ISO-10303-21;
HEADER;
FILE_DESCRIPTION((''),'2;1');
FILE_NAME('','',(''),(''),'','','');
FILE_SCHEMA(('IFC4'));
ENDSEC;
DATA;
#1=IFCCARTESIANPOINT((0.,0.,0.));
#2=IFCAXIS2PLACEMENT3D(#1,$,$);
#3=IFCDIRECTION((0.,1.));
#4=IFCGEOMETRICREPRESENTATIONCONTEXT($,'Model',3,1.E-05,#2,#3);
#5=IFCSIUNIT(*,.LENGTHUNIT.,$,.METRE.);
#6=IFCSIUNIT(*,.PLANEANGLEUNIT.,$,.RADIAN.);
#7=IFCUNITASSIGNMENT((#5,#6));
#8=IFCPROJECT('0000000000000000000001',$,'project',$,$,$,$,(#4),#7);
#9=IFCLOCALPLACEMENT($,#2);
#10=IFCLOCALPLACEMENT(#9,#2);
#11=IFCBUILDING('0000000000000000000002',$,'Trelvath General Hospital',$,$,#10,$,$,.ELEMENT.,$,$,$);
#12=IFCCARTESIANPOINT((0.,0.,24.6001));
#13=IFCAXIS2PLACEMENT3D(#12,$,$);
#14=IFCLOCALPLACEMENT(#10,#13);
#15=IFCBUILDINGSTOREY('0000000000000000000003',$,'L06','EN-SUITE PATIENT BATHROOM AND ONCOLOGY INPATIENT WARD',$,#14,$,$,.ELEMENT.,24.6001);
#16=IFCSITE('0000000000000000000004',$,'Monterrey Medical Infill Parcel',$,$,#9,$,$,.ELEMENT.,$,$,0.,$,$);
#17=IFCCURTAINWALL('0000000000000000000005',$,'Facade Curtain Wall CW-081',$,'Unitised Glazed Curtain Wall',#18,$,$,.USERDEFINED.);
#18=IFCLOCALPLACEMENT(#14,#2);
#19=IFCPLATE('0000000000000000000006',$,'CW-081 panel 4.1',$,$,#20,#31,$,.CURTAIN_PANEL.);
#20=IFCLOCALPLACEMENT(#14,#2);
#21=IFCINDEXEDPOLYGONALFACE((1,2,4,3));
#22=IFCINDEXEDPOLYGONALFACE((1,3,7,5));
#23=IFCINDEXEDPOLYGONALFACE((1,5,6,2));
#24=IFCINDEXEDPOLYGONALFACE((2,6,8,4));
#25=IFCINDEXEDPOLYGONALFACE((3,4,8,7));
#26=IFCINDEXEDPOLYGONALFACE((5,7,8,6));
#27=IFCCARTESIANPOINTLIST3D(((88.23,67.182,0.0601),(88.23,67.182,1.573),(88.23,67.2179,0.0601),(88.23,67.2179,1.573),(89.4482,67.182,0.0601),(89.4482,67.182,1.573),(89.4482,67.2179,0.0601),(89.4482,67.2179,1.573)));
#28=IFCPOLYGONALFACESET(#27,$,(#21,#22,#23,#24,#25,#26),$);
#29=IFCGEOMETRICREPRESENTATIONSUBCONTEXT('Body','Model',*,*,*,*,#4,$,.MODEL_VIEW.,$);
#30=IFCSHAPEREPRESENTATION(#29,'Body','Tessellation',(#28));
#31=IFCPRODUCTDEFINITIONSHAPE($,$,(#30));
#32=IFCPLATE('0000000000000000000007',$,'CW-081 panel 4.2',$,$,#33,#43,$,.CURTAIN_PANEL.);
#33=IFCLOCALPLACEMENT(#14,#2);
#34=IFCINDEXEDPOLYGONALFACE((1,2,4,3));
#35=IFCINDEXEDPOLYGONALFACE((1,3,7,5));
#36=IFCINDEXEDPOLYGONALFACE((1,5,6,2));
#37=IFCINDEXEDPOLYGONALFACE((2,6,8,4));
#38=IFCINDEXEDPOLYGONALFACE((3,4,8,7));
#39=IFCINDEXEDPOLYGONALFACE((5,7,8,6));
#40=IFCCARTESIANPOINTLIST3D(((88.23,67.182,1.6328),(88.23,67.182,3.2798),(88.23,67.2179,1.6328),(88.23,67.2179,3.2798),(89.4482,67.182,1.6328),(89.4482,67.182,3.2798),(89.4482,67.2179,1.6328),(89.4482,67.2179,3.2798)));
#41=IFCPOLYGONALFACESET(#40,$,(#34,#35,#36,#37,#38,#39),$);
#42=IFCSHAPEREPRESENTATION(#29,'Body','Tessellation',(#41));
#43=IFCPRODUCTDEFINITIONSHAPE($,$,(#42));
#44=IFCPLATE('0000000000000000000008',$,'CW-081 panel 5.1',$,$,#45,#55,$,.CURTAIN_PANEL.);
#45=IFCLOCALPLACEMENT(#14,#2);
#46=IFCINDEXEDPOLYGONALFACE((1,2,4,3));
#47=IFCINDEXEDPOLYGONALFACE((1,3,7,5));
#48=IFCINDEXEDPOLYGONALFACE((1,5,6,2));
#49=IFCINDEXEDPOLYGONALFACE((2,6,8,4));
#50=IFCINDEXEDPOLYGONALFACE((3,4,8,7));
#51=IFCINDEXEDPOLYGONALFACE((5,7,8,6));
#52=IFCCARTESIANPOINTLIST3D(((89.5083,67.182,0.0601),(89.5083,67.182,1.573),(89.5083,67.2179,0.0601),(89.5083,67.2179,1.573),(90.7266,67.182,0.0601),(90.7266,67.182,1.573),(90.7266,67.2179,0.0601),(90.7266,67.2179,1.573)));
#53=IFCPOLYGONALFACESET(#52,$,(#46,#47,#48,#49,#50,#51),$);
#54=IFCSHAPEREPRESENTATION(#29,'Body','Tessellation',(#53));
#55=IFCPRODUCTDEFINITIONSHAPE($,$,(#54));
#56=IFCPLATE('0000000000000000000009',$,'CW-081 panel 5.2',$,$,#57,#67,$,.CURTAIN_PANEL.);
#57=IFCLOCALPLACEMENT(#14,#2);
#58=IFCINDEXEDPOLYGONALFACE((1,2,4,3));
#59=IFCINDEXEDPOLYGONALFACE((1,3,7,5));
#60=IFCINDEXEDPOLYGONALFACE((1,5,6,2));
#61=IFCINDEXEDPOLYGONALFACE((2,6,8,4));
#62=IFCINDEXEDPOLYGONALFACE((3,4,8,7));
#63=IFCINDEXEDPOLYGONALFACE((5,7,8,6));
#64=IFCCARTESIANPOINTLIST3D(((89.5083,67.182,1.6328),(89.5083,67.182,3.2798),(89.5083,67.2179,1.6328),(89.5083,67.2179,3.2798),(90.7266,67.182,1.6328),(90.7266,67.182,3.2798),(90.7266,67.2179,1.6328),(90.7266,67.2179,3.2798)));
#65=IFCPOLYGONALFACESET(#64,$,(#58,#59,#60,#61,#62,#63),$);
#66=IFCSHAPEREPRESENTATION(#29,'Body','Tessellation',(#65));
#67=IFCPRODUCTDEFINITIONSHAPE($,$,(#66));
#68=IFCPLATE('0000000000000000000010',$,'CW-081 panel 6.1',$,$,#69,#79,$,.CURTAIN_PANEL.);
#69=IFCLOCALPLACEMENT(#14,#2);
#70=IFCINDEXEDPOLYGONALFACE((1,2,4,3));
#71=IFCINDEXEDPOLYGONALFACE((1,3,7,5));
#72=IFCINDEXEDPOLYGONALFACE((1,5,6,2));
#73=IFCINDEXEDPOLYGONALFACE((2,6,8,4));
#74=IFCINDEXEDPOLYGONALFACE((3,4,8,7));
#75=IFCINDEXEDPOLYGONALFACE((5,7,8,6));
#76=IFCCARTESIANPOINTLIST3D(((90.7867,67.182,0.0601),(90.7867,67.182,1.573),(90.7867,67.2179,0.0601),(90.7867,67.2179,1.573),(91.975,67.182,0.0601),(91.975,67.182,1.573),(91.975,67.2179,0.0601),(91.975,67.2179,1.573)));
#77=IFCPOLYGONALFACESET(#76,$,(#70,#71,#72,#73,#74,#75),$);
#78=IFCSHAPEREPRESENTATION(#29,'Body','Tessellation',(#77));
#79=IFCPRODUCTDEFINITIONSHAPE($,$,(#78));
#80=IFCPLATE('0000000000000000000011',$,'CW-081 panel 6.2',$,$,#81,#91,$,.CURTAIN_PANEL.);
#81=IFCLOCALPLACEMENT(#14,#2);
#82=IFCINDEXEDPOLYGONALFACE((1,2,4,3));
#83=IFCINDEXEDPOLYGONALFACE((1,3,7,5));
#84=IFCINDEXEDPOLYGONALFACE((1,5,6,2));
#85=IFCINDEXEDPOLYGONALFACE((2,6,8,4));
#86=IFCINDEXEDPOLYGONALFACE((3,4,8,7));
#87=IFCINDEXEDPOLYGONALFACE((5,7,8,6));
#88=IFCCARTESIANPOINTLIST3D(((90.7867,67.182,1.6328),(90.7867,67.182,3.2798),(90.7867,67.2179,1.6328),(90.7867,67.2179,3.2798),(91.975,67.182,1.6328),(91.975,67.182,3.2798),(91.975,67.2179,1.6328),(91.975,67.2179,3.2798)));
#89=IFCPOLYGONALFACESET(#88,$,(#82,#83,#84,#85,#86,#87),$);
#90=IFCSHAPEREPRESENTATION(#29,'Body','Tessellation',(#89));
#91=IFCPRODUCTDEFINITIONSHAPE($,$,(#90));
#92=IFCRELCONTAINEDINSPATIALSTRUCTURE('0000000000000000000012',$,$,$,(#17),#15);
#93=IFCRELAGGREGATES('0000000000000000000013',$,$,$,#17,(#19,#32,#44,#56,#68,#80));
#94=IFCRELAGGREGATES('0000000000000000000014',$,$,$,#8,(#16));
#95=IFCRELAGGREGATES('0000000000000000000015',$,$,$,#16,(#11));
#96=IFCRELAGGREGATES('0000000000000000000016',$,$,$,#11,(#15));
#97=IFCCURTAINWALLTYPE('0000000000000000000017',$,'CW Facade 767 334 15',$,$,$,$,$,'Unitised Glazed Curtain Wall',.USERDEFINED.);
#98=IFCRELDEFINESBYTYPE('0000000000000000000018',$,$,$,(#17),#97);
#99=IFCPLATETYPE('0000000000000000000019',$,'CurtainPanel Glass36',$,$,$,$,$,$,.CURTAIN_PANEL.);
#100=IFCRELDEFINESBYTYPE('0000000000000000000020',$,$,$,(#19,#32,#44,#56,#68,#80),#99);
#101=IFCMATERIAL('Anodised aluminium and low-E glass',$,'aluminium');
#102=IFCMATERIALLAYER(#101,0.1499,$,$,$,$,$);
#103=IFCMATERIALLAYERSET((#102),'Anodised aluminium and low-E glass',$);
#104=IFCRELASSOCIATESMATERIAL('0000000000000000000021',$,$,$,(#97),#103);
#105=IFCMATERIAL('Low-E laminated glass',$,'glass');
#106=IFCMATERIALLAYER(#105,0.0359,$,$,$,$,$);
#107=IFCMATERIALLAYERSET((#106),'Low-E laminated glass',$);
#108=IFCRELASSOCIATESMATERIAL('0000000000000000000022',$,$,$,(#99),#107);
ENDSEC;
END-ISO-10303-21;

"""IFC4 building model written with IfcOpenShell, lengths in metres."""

from ifc_helpers import new_model, si_unit, direction, frame, origin, origin_2d, place, context, subcontext, project, spatial, rectangle, extrude, material, layer, layer_set, type_object, element, aggregate, save


model = new_model("IFC4")

# Units and contexts
model_context = context("Model", 3, precision=1e-05, world=origin(), true_north=direction((0.0, 1.0)))
body_context = subcontext(model_context, "Body", "Model", "MODEL_VIEW")
ifc_project = project(units=[si_unit("LENGTHUNIT", "METRE"), si_unit("PLANEANGLEUNIT", "RADIAN")], contexts=[model_context])

# Site, building, storey
site_placement = place(None, origin())
site = spatial("IfcSite", under=ifc_project, at=site_placement, Name="Monterrey Medical Infill Parcel", CompositionType="ELEMENT", RefElevation=0.0)
building_placement = place(site_placement, origin())
building = spatial("IfcBuilding", under=site, at=building_placement, Name="Trelvath General Hospital", CompositionType="ELEMENT")
storey_placement = place(building_placement, frame((0.0, 0.0, 24.6001)))
storey = spatial("IfcBuildingStorey", under=building, at=storey_placement, Name="L06", Description="EN-SUITE PATIENT BATHROOM AND ONCOLOGY INPATIENT WARD", CompositionType="ELEMENT", Elevation=24.6001)

# Curtain wall
ifc_material_1 = material(Name="Anodised aluminium and low-E glass", Category="aluminium")
ifc_layer_1 = layer(ifc_material_1, 0.1499)
ifc_layer_set_1 = layer_set([ifc_layer_1], Name="Anodised aluminium and low-E glass")
curtain_wall_type_1 = type_object("IfcCurtainWallType", Name="CW Facade 767 334 15", ElementType="Unitised Glazed Curtain Wall", PredefinedType="USERDEFINED", material=ifc_layer_set_1)
curtain_wall_1_placement = place(storey_placement, origin())
curtain_wall_1 = element("IfcCurtainWall", 1, at=curtain_wall_1_placement, inside=storey, type_object=curtain_wall_type_1, Name="Facade Curtain Wall CW-081", ObjectType="Unitised Glazed Curtain Wall", PredefinedType="USERDEFINED")

# Plates
ifc_material_2 = material(Name="Low-E laminated glass", Category="glass")
ifc_layer_2 = layer(ifc_material_2, 0.0359)
ifc_layer_set_2 = layer_set([ifc_layer_2], Name="Low-E laminated glass")
plate_type = type_object("IfcPlateType", Name="CurtainPanel Glass36", PredefinedType="CURTAIN_PANEL", material=ifc_layer_set_2)
plate_1_placement = place(storey_placement, frame((88.8391, 67.2, 0.0601), z_axis=(0.0, 0.0, 1.0), x_axis=(1.0, 0.0, 0.0)))
plate_1 = element("IfcPlate", 2, at=plate_1_placement, type_object=plate_type, Name="CW-081 panel 4.1", PredefinedType="CURTAIN_PANEL", context=body_context, shape_type="SweptSolid", body=[
    extrude(rectangle(XDim=1.2183, YDim=0.0359, at=origin_2d()), origin(), (0.0, 0.0, 1.0), 1.5129),
])
plate_2_placement = place(storey_placement, frame((88.8391, 67.2, 1.6328), z_axis=(0.0, 0.0, 1.0), x_axis=(1.0, 0.0, 0.0)))
plate_2 = element("IfcPlate", 3, at=plate_2_placement, type_object=plate_type, Name="CW-081 panel 4.2", PredefinedType="CURTAIN_PANEL", context=body_context, shape_type="SweptSolid", body=[
    extrude(rectangle(XDim=1.2183, YDim=0.0359, at=origin_2d()), origin(), (0.0, 0.0, 1.0), 1.647),
])
plate_3_placement = place(storey_placement, frame((90.1174, 67.2, 0.0601), z_axis=(0.0, 0.0, 1.0), x_axis=(1.0, 0.0, 0.0)))
plate_3 = element("IfcPlate", 4, at=plate_3_placement, type_object=plate_type, Name="CW-081 panel 5.1", PredefinedType="CURTAIN_PANEL", context=body_context, shape_type="SweptSolid", body=[
    extrude(rectangle(XDim=1.2183, YDim=0.0359, at=origin_2d()), origin(), (0.0, 0.0, 1.0), 1.5129),
])
plate_4_placement = place(storey_placement, frame((90.1174, 67.2, 1.6328), z_axis=(0.0, 0.0, 1.0), x_axis=(1.0, 0.0, 0.0)))
plate_4 = element("IfcPlate", 5, at=plate_4_placement, type_object=plate_type, Name="CW-081 panel 5.2", PredefinedType="CURTAIN_PANEL", context=body_context, shape_type="SweptSolid", body=[
    extrude(rectangle(XDim=1.2183, YDim=0.0359, at=origin_2d()), origin(), (0.0, 0.0, 1.0), 1.647),
])
plate_5_placement = place(storey_placement, frame((91.3809, 67.2, 0.0601), z_axis=(0.0, 0.0, 1.0), x_axis=(1.0, 0.0, 0.0)))
plate_5 = element("IfcPlate", 6, at=plate_5_placement, type_object=plate_type, Name="CW-081 panel 6.1", PredefinedType="CURTAIN_PANEL", context=body_context, shape_type="SweptSolid", body=[
    extrude(rectangle(XDim=1.1882, YDim=0.0359, at=origin_2d()), origin(), (0.0, 0.0, 1.0), 1.5129),
])
plate_6_placement = place(storey_placement, frame((91.3809, 67.2, 1.6328), z_axis=(0.0, 0.0, 1.0), x_axis=(1.0, 0.0, 0.0)))
plate_6 = element("IfcPlate", 7, at=plate_6_placement, type_object=plate_type, Name="CW-081 panel 6.2", PredefinedType="CURTAIN_PANEL", context=body_context, shape_type="SweptSolid", body=[
    extrude(rectangle(XDim=1.1882, YDim=0.0359, at=origin_2d()), origin(), (0.0, 0.0, 1.0), 1.647),
])
aggregate(curtain_wall_1, [plate_1, plate_2, plate_3, plate_4, plate_5, plate_6])

save(model, "model.ifc")
